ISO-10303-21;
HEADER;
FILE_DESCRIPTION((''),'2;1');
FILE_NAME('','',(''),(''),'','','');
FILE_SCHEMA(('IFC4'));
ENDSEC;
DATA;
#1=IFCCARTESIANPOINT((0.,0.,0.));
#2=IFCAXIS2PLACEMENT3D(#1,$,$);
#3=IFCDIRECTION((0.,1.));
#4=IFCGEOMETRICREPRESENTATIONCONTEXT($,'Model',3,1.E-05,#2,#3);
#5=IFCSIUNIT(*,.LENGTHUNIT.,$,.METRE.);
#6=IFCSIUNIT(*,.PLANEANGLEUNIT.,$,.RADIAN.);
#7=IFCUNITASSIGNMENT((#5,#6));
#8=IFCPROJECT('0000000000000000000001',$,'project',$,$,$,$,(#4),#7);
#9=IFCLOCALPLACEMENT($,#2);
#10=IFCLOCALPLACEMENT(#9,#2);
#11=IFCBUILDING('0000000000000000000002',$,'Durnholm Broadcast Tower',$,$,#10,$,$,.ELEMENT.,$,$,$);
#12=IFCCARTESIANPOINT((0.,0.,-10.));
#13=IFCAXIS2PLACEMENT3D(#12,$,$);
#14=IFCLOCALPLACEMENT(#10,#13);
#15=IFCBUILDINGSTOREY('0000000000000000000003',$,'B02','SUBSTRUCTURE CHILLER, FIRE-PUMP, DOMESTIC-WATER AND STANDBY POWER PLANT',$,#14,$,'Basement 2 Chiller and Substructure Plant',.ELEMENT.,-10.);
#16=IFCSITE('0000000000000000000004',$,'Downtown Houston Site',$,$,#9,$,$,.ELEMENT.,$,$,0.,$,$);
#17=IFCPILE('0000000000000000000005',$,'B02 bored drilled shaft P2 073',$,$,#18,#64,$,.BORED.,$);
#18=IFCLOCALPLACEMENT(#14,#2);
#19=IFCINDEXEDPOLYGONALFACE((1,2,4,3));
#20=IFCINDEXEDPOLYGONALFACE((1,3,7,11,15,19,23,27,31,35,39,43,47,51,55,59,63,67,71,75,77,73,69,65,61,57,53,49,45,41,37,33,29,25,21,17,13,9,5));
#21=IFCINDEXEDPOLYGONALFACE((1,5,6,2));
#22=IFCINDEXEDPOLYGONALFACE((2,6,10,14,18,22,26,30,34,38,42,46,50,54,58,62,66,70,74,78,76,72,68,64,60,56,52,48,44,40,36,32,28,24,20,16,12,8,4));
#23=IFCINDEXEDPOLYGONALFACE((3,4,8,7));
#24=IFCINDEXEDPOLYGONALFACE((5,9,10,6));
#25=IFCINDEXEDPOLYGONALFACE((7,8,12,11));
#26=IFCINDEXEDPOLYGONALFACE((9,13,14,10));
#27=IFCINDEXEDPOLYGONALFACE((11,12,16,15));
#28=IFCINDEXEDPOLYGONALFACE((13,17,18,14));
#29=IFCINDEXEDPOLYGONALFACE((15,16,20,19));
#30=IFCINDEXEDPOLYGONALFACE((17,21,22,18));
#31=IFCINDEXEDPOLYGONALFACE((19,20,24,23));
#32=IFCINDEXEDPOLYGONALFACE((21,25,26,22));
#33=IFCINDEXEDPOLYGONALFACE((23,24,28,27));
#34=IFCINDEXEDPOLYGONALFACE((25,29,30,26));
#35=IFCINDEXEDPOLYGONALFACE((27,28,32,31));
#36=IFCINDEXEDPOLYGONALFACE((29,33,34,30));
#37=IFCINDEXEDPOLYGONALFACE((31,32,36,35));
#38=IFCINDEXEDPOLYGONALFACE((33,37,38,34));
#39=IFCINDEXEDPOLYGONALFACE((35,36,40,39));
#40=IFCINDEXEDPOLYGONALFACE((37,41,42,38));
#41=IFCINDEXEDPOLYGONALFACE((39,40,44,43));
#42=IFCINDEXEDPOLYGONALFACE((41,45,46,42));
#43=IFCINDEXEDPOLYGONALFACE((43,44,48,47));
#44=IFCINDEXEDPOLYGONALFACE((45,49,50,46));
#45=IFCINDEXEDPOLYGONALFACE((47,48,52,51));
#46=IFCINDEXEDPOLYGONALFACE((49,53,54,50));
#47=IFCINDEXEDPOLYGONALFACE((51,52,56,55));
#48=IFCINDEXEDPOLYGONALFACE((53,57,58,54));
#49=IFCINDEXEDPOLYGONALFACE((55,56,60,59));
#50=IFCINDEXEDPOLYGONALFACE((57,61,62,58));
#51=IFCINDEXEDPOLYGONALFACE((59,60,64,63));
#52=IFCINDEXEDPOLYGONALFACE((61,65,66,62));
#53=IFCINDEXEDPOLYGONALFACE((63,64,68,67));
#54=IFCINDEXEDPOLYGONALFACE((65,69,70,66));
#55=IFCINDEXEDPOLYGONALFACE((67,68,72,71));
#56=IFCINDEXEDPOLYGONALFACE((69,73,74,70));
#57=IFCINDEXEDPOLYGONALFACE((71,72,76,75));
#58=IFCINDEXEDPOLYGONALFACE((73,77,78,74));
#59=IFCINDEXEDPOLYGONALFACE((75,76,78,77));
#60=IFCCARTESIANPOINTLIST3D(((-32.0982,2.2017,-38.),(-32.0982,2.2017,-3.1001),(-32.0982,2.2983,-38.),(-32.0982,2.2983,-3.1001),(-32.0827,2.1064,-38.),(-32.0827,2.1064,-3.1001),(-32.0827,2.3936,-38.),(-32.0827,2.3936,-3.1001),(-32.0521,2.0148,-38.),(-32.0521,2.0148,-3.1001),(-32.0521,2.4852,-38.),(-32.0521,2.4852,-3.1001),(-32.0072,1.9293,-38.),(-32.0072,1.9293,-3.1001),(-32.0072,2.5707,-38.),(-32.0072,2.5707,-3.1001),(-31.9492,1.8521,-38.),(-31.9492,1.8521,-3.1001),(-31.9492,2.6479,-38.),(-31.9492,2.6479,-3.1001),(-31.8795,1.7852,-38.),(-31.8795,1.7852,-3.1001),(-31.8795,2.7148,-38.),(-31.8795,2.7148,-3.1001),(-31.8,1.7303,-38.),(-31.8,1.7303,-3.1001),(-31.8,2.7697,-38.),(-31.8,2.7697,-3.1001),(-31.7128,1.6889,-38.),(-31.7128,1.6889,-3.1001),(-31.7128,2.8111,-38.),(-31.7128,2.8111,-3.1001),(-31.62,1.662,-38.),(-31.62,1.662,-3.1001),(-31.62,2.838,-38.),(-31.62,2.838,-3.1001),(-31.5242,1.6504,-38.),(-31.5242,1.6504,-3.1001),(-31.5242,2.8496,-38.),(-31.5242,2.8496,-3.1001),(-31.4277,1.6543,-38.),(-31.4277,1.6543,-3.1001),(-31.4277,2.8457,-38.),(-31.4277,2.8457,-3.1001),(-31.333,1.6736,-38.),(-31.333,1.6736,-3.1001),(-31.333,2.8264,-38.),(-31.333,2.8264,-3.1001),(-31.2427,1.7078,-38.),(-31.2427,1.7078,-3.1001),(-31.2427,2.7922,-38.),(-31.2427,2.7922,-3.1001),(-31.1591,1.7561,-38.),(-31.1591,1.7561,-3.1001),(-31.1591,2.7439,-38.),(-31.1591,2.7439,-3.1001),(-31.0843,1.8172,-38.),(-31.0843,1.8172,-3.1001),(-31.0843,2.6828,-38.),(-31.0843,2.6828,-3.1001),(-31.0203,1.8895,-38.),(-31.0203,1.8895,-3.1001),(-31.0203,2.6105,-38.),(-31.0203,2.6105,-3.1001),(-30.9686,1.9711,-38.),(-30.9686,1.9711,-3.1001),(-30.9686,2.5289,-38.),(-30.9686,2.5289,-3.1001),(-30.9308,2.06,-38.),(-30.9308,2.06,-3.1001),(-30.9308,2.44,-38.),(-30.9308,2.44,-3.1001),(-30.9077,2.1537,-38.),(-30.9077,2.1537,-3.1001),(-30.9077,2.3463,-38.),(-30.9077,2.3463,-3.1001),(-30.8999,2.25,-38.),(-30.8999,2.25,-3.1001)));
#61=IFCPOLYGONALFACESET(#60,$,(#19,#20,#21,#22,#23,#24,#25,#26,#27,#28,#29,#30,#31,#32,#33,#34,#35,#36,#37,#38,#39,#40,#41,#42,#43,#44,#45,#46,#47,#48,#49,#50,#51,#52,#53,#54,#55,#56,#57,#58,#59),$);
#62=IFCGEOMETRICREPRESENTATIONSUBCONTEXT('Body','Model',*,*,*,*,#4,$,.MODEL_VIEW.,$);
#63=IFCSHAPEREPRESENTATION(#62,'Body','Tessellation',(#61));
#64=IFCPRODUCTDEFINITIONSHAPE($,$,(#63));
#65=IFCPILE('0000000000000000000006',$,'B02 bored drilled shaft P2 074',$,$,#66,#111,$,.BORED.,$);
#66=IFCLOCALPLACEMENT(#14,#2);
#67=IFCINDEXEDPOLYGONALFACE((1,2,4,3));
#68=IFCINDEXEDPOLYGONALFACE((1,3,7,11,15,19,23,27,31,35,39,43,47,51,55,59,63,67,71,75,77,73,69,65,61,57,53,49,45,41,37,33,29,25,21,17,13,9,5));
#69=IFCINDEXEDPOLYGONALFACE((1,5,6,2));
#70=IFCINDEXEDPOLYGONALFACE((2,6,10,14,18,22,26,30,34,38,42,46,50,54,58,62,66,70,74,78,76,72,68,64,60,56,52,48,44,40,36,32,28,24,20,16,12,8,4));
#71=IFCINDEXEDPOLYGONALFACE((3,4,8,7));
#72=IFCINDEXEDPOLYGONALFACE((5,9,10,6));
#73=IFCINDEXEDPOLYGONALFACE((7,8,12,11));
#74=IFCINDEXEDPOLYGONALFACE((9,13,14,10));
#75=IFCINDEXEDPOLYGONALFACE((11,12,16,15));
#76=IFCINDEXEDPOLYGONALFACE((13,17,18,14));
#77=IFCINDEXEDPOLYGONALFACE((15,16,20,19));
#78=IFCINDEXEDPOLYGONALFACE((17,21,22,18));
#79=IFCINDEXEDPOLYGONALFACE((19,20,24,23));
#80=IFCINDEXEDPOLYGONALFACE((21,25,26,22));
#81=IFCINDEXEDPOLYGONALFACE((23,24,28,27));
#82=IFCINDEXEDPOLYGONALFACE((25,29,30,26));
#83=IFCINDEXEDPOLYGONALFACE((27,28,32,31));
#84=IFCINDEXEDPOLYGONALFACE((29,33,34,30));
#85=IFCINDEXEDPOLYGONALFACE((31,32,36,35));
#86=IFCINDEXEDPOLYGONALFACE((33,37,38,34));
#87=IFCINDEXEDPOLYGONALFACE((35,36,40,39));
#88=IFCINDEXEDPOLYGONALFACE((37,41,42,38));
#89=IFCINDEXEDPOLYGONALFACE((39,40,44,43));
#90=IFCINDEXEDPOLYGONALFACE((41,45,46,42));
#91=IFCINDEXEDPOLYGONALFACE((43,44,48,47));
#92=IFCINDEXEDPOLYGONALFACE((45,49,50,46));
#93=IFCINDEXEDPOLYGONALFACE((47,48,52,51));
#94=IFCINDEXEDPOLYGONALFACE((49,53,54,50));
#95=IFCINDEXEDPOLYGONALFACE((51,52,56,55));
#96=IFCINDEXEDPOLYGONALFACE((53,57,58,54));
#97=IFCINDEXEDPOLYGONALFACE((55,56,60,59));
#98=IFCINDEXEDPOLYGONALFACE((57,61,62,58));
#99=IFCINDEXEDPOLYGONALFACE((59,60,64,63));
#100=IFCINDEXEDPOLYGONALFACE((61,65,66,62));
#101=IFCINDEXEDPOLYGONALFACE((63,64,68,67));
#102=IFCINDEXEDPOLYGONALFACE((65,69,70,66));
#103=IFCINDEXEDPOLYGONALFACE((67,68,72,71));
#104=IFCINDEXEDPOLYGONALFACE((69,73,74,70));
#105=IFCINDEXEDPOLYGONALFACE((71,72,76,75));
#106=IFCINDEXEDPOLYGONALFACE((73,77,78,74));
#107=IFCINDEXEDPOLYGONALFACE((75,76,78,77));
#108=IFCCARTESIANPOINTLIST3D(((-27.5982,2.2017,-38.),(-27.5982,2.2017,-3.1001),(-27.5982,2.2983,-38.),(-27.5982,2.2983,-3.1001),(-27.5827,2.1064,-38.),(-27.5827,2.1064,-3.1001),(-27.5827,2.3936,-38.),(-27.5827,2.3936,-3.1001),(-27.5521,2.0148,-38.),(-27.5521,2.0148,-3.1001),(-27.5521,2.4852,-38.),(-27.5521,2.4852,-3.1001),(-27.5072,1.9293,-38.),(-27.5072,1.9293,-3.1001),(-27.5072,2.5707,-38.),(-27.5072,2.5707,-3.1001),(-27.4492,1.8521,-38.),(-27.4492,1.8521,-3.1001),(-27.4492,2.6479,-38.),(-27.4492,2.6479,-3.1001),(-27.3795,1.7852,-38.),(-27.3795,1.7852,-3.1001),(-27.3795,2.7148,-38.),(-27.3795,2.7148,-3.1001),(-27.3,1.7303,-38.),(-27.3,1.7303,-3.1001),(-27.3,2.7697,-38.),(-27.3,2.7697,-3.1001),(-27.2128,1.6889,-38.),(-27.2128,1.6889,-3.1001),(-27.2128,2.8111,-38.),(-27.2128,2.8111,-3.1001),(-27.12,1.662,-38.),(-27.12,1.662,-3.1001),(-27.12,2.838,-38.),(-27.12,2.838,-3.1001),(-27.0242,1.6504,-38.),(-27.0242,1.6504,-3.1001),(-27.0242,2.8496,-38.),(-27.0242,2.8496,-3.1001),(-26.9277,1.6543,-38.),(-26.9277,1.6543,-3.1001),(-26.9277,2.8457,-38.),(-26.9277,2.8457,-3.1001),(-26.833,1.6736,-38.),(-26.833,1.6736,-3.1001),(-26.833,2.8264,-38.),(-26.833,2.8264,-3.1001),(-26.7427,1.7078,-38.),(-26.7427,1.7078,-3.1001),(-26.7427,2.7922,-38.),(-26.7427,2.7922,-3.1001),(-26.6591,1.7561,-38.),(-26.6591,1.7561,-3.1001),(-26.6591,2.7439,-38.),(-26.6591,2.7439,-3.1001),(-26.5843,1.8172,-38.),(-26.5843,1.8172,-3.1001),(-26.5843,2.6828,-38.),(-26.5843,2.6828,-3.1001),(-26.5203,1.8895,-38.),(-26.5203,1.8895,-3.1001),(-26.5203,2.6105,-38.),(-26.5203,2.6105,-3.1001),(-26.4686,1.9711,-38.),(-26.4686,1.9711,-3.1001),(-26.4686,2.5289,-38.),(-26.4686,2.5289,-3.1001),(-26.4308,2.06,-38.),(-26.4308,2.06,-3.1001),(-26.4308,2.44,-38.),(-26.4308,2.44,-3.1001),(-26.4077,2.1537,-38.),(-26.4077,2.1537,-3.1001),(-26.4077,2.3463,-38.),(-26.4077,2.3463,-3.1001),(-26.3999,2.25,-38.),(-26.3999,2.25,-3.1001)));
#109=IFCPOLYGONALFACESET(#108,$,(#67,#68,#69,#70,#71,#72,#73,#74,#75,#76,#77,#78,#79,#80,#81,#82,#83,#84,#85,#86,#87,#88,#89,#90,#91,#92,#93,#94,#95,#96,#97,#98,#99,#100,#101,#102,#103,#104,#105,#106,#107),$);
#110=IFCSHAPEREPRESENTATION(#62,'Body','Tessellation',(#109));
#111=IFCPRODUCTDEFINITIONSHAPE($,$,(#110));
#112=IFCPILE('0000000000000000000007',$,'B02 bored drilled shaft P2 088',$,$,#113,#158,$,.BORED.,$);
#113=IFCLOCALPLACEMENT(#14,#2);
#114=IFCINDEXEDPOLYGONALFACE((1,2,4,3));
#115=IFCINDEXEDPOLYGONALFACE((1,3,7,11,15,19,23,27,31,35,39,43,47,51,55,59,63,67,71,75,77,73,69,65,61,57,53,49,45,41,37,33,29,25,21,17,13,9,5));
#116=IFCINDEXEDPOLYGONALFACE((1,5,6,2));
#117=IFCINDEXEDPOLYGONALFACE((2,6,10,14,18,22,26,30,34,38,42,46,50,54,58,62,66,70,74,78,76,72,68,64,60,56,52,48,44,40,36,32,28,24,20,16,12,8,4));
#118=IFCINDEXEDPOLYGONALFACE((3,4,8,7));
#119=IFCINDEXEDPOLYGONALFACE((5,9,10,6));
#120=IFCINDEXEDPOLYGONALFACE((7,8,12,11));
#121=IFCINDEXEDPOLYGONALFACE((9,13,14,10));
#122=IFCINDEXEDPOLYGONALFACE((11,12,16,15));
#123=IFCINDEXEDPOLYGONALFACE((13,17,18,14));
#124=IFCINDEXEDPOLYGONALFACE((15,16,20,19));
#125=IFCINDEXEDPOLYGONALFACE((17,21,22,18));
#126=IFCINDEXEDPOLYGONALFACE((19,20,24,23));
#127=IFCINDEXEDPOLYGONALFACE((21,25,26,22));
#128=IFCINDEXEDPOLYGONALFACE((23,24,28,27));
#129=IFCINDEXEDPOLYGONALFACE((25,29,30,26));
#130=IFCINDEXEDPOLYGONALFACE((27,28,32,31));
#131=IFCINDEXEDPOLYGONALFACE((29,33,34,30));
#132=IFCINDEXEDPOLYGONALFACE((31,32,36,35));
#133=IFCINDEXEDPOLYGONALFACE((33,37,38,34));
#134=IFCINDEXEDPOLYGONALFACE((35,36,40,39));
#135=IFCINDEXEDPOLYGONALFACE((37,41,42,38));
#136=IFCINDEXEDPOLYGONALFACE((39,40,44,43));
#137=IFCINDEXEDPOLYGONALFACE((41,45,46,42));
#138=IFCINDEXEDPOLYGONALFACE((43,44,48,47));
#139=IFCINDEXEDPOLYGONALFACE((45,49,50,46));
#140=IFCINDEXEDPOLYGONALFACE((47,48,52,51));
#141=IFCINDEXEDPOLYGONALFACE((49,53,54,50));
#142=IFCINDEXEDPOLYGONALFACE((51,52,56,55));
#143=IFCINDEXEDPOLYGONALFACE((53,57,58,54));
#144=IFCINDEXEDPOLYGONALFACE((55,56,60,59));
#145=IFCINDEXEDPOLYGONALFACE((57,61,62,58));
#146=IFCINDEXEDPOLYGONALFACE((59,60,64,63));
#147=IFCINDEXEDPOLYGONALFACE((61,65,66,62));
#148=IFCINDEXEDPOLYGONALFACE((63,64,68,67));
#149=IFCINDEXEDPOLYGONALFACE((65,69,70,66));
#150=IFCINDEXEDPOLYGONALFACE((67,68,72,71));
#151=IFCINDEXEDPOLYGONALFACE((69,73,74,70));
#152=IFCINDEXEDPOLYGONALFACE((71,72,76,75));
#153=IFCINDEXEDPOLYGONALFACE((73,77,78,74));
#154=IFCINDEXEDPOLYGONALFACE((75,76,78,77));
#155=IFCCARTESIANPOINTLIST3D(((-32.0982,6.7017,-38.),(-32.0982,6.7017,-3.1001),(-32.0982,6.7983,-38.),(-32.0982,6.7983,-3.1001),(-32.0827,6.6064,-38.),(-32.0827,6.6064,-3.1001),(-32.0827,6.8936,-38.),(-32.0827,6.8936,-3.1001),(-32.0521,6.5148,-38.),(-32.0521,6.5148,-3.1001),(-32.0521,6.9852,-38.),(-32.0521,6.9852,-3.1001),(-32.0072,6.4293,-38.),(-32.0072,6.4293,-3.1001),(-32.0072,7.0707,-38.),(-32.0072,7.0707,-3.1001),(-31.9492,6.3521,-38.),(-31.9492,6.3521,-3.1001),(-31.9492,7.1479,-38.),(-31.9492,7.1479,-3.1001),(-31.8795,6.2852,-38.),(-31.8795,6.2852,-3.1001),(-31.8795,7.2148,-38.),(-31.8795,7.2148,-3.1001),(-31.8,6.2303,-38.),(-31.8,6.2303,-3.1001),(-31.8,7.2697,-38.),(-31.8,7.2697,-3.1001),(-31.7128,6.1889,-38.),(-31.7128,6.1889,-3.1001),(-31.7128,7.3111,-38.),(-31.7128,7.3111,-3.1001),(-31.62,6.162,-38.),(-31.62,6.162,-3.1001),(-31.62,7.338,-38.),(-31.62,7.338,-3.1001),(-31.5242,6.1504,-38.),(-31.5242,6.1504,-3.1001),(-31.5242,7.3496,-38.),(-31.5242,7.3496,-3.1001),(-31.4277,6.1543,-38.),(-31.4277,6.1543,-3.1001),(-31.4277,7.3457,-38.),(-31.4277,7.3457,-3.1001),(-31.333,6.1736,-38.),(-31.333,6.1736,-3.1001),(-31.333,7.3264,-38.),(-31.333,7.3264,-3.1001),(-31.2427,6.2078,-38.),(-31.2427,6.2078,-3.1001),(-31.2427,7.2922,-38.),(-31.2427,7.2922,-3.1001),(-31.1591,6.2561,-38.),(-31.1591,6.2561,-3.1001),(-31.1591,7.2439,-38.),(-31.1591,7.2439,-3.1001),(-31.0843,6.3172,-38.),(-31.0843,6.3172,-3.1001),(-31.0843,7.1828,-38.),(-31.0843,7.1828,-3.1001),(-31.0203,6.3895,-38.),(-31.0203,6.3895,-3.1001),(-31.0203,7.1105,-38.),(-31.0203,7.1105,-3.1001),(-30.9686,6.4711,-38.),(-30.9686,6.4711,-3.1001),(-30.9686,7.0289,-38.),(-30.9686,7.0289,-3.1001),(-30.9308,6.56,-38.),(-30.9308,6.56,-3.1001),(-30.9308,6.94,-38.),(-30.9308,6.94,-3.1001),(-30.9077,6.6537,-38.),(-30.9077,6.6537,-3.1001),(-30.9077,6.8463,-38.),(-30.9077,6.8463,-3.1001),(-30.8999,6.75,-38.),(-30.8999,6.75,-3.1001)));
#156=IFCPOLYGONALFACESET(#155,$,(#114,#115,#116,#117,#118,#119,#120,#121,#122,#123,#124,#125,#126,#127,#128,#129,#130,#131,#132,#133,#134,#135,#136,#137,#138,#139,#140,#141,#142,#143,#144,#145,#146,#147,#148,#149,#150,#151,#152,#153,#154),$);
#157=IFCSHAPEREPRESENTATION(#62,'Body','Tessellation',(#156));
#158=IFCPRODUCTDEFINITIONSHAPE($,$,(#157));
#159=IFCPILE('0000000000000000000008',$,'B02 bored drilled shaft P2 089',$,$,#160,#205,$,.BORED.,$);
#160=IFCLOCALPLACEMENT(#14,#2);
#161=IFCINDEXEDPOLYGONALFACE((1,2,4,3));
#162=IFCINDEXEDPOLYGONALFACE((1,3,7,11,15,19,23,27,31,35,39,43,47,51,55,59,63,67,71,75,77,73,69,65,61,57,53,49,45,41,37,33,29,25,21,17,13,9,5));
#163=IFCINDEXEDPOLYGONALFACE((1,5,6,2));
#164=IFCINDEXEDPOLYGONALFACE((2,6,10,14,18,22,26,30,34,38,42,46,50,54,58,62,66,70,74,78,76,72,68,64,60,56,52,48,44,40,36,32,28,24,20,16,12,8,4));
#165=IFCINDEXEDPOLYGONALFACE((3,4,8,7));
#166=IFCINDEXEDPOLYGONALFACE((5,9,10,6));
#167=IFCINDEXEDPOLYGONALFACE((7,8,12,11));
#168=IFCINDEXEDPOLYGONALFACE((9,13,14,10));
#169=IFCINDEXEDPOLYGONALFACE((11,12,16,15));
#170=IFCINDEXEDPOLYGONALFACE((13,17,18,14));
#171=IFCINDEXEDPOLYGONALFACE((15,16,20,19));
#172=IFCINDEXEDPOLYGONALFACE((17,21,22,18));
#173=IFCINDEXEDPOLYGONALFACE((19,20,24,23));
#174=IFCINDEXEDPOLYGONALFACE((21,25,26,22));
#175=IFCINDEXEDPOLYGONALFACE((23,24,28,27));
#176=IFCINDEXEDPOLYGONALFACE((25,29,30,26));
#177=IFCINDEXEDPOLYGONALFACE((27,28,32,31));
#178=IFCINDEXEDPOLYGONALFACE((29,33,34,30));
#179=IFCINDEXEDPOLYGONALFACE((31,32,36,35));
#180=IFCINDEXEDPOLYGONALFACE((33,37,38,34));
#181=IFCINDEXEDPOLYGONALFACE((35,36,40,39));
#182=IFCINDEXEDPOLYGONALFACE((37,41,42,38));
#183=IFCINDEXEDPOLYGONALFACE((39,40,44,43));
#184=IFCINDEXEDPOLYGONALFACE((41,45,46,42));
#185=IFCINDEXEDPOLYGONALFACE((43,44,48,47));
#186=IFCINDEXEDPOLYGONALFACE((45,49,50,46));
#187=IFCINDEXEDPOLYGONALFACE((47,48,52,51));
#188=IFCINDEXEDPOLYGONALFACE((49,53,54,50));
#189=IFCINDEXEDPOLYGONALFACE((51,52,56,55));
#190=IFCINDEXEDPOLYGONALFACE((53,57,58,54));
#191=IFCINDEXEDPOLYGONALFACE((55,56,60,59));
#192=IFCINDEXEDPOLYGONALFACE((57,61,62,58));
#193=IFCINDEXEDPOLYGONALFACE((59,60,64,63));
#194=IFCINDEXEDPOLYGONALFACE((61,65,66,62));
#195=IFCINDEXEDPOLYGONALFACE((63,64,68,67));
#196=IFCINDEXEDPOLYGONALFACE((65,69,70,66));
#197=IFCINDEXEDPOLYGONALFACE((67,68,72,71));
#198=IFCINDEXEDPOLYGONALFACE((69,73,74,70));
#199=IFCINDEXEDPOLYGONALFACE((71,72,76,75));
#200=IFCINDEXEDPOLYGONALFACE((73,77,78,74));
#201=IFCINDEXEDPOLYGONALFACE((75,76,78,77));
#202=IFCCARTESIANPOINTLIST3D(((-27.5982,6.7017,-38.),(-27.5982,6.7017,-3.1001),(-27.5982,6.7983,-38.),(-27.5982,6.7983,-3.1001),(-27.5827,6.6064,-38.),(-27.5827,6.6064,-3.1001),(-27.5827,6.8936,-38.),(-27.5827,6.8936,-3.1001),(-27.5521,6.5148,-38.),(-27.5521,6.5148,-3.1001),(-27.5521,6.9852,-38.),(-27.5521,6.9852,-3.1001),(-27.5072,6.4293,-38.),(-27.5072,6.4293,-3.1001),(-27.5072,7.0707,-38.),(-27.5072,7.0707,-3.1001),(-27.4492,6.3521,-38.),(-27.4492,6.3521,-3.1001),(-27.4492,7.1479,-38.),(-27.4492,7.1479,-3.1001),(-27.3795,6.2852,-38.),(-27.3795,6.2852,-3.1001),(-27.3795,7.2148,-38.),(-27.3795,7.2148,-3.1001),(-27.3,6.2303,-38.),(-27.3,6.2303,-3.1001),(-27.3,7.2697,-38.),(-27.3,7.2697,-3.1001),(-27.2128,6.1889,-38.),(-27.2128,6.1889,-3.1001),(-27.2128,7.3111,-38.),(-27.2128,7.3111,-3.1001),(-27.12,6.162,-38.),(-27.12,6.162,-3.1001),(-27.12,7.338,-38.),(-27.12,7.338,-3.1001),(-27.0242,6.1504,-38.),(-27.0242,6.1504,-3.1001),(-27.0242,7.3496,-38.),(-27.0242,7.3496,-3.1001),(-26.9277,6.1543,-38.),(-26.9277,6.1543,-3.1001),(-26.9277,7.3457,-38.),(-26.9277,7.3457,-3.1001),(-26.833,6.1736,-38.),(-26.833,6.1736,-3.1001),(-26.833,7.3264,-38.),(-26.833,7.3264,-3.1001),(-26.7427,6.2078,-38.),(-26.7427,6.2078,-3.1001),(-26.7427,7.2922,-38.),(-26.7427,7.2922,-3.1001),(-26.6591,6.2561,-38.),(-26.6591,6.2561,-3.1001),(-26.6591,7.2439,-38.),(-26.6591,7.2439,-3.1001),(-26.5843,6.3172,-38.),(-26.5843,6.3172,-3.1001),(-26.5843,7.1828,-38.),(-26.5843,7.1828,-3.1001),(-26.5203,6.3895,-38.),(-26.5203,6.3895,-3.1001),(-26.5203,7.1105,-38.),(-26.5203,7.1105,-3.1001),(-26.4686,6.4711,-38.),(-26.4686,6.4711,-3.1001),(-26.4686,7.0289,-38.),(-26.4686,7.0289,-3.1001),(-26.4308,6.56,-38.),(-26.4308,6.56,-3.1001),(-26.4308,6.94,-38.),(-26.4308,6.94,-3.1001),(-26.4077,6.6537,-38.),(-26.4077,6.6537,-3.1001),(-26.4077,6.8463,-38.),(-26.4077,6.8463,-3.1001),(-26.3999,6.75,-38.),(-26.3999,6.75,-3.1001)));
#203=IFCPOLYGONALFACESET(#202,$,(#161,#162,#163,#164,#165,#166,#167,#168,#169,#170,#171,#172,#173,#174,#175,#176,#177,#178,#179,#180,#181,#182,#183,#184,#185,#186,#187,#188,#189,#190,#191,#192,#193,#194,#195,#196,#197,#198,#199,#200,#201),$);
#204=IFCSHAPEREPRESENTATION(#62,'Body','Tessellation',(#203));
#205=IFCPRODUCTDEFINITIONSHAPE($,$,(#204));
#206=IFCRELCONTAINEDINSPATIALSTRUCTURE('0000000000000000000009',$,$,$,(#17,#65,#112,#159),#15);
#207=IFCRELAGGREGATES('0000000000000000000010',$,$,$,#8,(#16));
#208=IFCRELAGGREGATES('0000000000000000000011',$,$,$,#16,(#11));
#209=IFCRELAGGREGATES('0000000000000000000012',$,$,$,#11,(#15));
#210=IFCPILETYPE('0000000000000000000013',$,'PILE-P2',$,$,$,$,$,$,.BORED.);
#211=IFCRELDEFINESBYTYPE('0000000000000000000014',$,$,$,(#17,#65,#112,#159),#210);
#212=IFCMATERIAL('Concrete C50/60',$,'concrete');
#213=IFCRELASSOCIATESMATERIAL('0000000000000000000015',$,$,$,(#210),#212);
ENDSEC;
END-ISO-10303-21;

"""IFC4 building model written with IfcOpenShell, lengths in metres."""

from ifc_helpers import new_model, si_unit, direction, frame, origin, origin_2d, place, context, subcontext, project, spatial, circle, extrude, source, transform, mapped, material, material_profile, profile_set, type_object, type_shapes, element, save


model = new_model("IFC4")

# Units and contexts
model_context = context("Model", 3, precision=1e-05, world=origin(), true_north=direction((0.0, 1.0)))
body_context = subcontext(model_context, "Body", "Model", "MODEL_VIEW")
ifc_project = project(units=[si_unit("LENGTHUNIT", "METRE"), si_unit("PLANEANGLEUNIT", "RADIAN")], contexts=[model_context])

# Site, building, storey
site_placement = place(None, origin())
site = spatial("IfcSite", under=ifc_project, at=site_placement, Name="Downtown Houston Site", CompositionType="ELEMENT", RefElevation=0.0)
building_placement = place(site_placement, origin())
building = spatial("IfcBuilding", under=site, at=building_placement, Name="Durnholm Broadcast Tower", CompositionType="ELEMENT")
storey_placement = place(building_placement, frame((0.0, 0.0, -10.0)))
storey = spatial("IfcBuildingStorey", under=building, at=storey_placement, Name="B02", Description="SUBSTRUCTURE CHILLER, FIRE-PUMP, DOMESTIC-WATER AND STANDBY POWER PLANT", LongName="Basement 2 Chiller and Substructure Plant", CompositionType="ELEMENT", Elevation=-10.0)

# Piles
ifc_material_1 = material(Name="Concrete C50/60", Category="concrete")
ifc_material_profile_1 = material_profile(ifc_material_1, circle(Radius=0.6001, at=origin_2d()), Name="PILE1200")
ifc_profile_set_1 = profile_set([ifc_material_profile_1], Name="Concrete C50/60")
pile_type_1 = type_object("IfcPileType", Name="PILE-P2", PredefinedType="BORED", material=ifc_profile_set_1)
shared_shape_1 = source(origin(), body_context, "Body", "SweptSolid", [
    extrude(circle(Radius=0.6001, at=origin_2d()), origin(), (0.0, 0.0, 1.0), 34.8999),
])
type_shapes(pile_type_1, [shared_shape_1])
for number, where, z_axis, x_axis, name in (
    (1, (-31.5, 2.25, -3.1001), (0.0, 0.0, -1.0), (1.0, 0.0, 0.0), "B02 bored drilled shaft P2 073"),
    (2, (-27.0, 2.25, -3.1001), (0.0, 0.0, -1.0), (1.0, 0.0, 0.0), "B02 bored drilled shaft P2 074"),
    (3, (-31.5, 6.75, -3.1001), (0.0, 0.0, -1.0), (1.0, 0.0, 0.0), "B02 bored drilled shaft P2 088"),
    (4, (-27.0, 6.75, -3.1001), (0.0, 0.0, -1.0), (1.0, 0.0, 0.0), "B02 bored drilled shaft P2 089"),
):
    element("IfcPile", number, at=place(storey_placement, frame(where, z_axis=z_axis, x_axis=x_axis)), inside=storey, type_object=pile_type_1, Name=name, PredefinedType="BORED", context=body_context, shape_type="MappedRepresentation", body=[
        mapped(shared_shape_1, transform((0.0, 0.0, 0.0), x_axis=(1.0, 0.0, 0.0), y_axis=(0.0, 1.0, 0.0), z_axis=(0.0, 0.0, 1.0), scale=1.0)),
    ])

save(model, "model.ifc")
